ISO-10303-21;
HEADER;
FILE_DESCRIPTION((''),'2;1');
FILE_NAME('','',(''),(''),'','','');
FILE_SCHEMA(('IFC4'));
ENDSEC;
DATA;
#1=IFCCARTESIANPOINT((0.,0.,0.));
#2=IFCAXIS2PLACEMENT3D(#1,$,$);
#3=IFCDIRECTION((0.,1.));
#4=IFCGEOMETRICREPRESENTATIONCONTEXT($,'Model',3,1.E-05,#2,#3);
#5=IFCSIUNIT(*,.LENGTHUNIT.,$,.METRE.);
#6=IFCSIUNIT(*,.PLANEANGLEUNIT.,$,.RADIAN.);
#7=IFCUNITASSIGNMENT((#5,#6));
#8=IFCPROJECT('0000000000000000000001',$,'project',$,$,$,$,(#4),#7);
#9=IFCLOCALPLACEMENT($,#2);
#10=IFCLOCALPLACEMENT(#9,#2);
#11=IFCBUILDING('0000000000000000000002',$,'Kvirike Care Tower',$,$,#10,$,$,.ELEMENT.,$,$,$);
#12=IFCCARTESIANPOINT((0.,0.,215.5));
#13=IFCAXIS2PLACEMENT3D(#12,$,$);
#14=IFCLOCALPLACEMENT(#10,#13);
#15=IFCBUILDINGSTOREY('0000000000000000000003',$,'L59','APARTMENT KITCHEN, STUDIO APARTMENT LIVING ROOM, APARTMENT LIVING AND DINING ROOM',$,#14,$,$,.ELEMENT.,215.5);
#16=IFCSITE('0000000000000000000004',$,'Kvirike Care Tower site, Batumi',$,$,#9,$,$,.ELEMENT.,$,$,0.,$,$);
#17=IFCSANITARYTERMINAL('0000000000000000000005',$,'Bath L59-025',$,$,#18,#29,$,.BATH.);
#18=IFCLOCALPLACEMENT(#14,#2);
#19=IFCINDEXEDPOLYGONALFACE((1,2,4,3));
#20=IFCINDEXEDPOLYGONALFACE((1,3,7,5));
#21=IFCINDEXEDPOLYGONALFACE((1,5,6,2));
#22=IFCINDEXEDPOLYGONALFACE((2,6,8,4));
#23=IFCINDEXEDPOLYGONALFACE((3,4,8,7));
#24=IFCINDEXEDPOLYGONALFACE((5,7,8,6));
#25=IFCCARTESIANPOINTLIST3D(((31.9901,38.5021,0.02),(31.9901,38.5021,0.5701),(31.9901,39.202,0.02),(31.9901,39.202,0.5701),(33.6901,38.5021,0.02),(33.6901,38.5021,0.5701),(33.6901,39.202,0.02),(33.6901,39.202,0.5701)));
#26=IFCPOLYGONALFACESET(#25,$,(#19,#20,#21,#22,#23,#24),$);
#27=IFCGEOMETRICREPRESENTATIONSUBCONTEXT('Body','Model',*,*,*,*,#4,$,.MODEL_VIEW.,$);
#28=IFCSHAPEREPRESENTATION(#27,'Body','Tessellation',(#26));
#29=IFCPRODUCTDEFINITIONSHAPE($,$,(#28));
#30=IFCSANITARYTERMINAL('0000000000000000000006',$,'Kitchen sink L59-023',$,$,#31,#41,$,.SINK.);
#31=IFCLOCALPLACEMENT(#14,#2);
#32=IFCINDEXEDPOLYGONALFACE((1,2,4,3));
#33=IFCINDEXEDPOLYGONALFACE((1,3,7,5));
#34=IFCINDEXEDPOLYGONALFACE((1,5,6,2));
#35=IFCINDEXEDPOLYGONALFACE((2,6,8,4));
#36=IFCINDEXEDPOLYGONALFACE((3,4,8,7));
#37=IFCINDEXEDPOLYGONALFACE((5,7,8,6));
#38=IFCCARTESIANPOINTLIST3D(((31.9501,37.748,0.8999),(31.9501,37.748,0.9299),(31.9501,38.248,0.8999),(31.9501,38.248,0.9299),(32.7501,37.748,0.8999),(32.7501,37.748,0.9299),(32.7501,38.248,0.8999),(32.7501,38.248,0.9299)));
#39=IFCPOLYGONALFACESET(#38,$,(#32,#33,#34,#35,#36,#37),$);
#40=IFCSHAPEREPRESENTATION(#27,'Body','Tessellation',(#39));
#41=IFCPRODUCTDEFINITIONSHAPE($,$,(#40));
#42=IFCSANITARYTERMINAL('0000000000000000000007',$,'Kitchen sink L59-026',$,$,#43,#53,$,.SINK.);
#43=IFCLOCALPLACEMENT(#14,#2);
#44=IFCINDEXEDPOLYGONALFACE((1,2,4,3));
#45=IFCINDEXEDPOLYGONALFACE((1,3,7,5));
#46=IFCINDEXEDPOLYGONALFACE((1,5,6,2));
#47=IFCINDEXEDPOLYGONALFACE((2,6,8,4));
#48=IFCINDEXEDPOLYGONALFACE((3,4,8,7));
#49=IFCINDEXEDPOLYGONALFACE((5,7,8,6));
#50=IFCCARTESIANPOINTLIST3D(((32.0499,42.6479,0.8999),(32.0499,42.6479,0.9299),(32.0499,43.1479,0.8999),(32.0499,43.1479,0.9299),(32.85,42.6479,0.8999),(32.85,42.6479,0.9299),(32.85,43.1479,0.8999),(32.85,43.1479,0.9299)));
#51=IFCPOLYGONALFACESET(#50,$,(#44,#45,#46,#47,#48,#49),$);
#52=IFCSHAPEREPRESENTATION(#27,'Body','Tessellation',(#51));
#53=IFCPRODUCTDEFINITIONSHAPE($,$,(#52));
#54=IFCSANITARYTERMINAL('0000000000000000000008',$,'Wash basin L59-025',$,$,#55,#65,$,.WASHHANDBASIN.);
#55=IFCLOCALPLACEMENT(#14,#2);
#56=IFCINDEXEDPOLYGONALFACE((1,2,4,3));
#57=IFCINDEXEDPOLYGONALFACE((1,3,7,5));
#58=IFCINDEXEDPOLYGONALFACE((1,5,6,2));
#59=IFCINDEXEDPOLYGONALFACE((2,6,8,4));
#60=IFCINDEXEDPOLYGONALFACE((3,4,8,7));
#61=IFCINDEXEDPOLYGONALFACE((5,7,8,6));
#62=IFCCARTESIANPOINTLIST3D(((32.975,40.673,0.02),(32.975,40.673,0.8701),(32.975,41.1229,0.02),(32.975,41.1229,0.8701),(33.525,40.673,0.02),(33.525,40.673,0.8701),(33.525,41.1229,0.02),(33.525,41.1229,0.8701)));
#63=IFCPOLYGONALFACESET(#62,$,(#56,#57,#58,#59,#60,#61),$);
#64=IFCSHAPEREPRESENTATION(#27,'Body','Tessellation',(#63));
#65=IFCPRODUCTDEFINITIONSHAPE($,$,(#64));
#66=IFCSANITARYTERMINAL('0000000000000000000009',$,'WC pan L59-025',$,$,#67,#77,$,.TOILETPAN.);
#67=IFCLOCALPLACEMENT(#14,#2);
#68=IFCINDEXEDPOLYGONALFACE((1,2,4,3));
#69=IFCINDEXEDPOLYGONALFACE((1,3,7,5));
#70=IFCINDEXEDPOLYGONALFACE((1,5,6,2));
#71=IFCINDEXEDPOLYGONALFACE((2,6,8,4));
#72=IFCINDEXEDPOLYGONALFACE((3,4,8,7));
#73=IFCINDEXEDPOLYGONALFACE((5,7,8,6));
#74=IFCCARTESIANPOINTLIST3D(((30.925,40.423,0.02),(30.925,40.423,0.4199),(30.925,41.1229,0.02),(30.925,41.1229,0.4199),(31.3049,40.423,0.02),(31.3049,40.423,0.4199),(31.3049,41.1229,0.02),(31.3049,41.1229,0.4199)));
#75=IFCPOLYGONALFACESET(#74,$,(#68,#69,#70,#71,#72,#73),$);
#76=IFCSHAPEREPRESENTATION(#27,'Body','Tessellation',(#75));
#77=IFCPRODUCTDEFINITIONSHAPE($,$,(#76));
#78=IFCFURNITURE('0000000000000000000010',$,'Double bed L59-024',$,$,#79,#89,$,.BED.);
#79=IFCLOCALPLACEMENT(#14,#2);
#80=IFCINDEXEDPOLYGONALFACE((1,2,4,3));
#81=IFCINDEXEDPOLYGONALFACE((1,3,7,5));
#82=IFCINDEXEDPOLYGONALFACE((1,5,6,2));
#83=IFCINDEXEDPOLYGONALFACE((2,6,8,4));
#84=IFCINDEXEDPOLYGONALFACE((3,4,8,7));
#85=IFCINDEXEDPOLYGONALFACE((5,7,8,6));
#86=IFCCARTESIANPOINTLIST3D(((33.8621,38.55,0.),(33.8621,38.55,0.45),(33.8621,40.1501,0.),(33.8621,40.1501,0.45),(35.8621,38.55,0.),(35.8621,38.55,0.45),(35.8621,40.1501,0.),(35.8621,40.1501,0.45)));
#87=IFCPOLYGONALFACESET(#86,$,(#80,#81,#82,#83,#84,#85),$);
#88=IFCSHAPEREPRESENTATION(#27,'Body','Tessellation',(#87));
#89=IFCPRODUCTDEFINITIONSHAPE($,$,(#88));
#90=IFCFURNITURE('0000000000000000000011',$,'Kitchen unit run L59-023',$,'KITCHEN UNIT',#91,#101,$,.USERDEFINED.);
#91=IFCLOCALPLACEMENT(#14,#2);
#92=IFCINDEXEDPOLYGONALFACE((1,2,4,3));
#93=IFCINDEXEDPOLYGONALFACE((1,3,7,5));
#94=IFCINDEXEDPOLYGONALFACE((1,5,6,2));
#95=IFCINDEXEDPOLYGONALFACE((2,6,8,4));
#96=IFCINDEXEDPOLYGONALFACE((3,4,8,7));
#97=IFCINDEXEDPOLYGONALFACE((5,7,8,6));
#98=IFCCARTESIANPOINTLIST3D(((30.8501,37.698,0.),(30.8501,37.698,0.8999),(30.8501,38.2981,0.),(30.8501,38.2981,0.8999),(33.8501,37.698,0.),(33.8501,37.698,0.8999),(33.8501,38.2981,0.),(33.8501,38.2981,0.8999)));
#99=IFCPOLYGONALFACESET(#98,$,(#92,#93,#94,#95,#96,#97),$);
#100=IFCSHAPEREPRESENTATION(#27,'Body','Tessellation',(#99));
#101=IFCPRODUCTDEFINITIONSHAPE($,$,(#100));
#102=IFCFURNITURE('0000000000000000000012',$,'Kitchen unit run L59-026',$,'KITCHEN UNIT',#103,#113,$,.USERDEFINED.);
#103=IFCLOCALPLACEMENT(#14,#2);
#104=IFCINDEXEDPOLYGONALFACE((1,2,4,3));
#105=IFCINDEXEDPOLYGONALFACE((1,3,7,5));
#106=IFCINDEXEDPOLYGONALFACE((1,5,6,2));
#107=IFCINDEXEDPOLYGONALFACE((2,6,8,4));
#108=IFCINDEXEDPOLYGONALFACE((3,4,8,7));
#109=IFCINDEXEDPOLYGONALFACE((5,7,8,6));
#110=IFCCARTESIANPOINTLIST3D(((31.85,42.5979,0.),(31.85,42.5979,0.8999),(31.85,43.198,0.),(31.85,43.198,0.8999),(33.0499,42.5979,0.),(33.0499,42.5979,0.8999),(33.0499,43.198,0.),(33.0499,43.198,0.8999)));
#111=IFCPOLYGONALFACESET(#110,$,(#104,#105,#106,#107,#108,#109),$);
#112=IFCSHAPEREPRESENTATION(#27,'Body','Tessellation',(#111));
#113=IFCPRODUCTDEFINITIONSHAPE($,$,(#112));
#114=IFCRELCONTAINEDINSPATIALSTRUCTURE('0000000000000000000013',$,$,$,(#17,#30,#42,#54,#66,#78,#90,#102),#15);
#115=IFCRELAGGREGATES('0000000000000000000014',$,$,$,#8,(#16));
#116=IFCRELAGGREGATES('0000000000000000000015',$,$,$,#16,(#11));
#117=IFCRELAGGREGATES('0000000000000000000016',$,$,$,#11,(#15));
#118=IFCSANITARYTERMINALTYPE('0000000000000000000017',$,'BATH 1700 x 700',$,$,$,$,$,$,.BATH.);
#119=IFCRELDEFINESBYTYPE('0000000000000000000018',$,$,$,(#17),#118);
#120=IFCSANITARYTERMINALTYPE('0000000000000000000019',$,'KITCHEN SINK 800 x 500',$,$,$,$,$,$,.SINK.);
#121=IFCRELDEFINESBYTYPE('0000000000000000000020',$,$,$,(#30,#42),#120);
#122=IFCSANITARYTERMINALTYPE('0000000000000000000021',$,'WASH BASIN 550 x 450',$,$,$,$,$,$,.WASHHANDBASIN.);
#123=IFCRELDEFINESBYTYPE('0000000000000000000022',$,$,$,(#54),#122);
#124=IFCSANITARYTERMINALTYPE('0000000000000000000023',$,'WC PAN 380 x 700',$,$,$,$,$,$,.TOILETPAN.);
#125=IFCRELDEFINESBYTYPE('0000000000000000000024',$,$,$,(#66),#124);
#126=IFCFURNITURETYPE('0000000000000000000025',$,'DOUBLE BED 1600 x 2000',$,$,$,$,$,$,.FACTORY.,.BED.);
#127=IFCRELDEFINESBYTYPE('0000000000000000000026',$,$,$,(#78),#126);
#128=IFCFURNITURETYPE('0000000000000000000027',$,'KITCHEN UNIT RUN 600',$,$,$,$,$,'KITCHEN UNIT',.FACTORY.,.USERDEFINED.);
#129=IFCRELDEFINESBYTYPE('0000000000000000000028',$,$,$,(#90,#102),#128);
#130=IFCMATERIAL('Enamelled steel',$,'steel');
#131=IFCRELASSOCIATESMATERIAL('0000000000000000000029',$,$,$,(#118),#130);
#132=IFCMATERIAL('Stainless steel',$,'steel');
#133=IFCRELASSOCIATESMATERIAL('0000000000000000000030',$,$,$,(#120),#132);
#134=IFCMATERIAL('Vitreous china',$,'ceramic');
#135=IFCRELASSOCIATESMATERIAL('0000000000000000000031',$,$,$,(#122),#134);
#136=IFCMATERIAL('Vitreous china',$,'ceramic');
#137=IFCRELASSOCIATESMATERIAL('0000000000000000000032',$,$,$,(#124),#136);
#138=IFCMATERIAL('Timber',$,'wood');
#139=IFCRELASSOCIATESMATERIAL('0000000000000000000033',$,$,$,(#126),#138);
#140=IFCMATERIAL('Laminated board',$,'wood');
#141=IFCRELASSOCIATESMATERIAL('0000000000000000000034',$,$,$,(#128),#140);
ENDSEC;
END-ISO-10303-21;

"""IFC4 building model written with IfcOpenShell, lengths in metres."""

from ifc_helpers import new_model, si_unit, direction, frame, origin, origin_2d, place, context, subcontext, project, spatial, rectangle, extrude, material, type_object, element, save


model = new_model("IFC4")

# Units and contexts
model_context = context("Model", 3, precision=1e-05, world=origin(), true_north=direction((0.0, 1.0)))
body_context = subcontext(model_context, "Body", "Model", "MODEL_VIEW")
ifc_project = project(units=[si_unit("LENGTHUNIT", "METRE"), si_unit("PLANEANGLEUNIT", "RADIAN")], contexts=[model_context])

# Site, building, storey
site_placement = place(None, origin())
site = spatial("IfcSite", under=ifc_project, at=site_placement, Name="Kvirike Care Tower site, Batumi", CompositionType="ELEMENT", RefElevation=0.0)
building_placement = place(site_placement, origin())
building = spatial("IfcBuilding", under=site, at=building_placement, Name="Kvirike Care Tower", CompositionType="ELEMENT")
storey_placement = place(building_placement, frame((0.0, 0.0, 215.5)))
storey = spatial("IfcBuildingStorey", under=building, at=storey_placement, Name="L59", Description="APARTMENT KITCHEN, STUDIO APARTMENT LIVING ROOM, APARTMENT LIVING AND DINING ROOM", CompositionType="ELEMENT", Elevation=215.5)

# Sanitary terminals
ifc_material_1 = material(Name="Enamelled steel", Category="steel")
sanitary_terminal_type_1 = type_object("IfcSanitaryTerminalType", Name="BATH 1700 x 700", PredefinedType="BATH", material=ifc_material_1)
sanitary_terminal_1_placement = place(storey_placement, frame((32.8401, 38.8521, 0.02), z_axis=(0.0, 0.0, 1.0), x_axis=(-1.0, 0.0, 0.0)))
element("IfcSanitaryTerminal", 1, at=sanitary_terminal_1_placement, inside=storey, type_object=sanitary_terminal_type_1, Name="Bath L59-025", PredefinedType="BATH", context=body_context, shape_type="SweptSolid", body=[
    extrude(rectangle(XDim=1.7, YDim=0.7, at=origin_2d()), origin(), (0.0, 0.0, 1.0), 0.55),
])
ifc_material_2 = material(Name="Stainless steel", Category="steel")
sanitary_terminal_type_2 = type_object("IfcSanitaryTerminalType", Name="KITCHEN SINK 800 x 500", PredefinedType="SINK", material=ifc_material_2)
for number, where, z_axis, x_axis, name in (
    (2, (32.3501, 37.998, 0.8999), (0.0, 0.0, 1.0), (1.0, 0.0, 0.0), "Kitchen sink L59-023"),
    (3, (32.45, 42.8979, 0.8999), (0.0, 0.0, 1.0), (1.0, 0.0, 0.0), "Kitchen sink L59-026"),
):
    element("IfcSanitaryTerminal", number, at=place(storey_placement, frame(where, z_axis=z_axis, x_axis=x_axis)), inside=storey, type_object=sanitary_terminal_type_2, Name=name, PredefinedType="SINK", context=body_context, shape_type="SweptSolid", body=[
        extrude(rectangle(XDim=0.8, YDim=0.5, at=origin_2d()), origin(), (0.0, 0.0, 1.0), 0.03),
    ])
ifc_material_3 = material(Name="Vitreous china", Category="ceramic")
sanitary_terminal_type_3 = type_object("IfcSanitaryTerminalType", Name="WASH BASIN 550 x 450", PredefinedType="WASHHANDBASIN", material=ifc_material_3)
sanitary_terminal_2_placement = place(storey_placement, frame((33.25, 40.8979, 0.02), z_axis=(0.0, 0.0, 1.0), x_axis=(1.0, 0.0, 0.0)))
element("IfcSanitaryTerminal", 4, at=sanitary_terminal_2_placement, inside=storey, type_object=sanitary_terminal_type_3, Name="Wash basin L59-025", PredefinedType="WASHHANDBASIN", context=body_context, shape_type="SweptSolid", body=[
    extrude(rectangle(XDim=0.55, YDim=0.45, at=origin_2d()), origin(), (0.0, 0.0, 1.0), 0.8501),
])
ifc_material_4 = material(Name="Vitreous china", Category="ceramic")
sanitary_terminal_type_4 = type_object("IfcSanitaryTerminalType", Name="WC PAN 380 x 700", PredefinedType="TOILETPAN", material=ifc_material_4)
sanitary_terminal_3_placement = place(storey_placement, frame((31.115, 40.7729, 0.02), z_axis=(0.0, 0.0, 1.0), x_axis=(1.0, 0.0, 0.0)))
element("IfcSanitaryTerminal", 5, at=sanitary_terminal_3_placement, inside=storey, type_object=sanitary_terminal_type_4, Name="WC pan L59-025", PredefinedType="TOILETPAN", context=body_context, shape_type="SweptSolid", body=[
    extrude(rectangle(XDim=0.3799, YDim=0.7, at=origin_2d()), origin(), (0.0, 0.0, 1.0), 0.3999),
])

# Furniture
ifc_material_5 = material(Name="Timber", Category="wood")
furniture_type_1 = type_object("IfcFurnitureType", Name="DOUBLE BED 1600 x 2000", AssemblyPlace="FACTORY", PredefinedType="BED", material=ifc_material_5)
furniture_1_placement = place(storey_placement, frame((34.8621, 39.3501, 0.0), z_axis=(0.0, 0.0, 1.0), x_axis=(0.0, 1.0, 0.0)))
element("IfcFurniture", 6, at=furniture_1_placement, inside=storey, type_object=furniture_type_1, Name="Double bed L59-024", PredefinedType="BED", context=body_context, shape_type="SweptSolid", body=[
    extrude(rectangle(XDim=1.6001, YDim=2.0, at=origin_2d()), origin(), (0.0, 0.0, 1.0), 0.45),
])
ifc_material_6 = material(Name="Laminated board", Category="wood")
furniture_type_2 = type_object("IfcFurnitureType", Name="KITCHEN UNIT RUN 600", ElementType="KITCHEN UNIT", AssemblyPlace="FACTORY", PredefinedType="USERDEFINED", material=ifc_material_6)
furniture_2_placement = place(storey_placement, frame((32.3501, 37.998, 0.0), z_axis=(0.0, 0.0, 1.0), x_axis=(1.0, 0.0, 0.0)))
element("IfcFurniture", 7, at=furniture_2_placement, inside=storey, type_object=furniture_type_2, Name="Kitchen unit run L59-023", ObjectType="KITCHEN UNIT", PredefinedType="USERDEFINED", context=body_context, shape_type="SweptSolid", body=[
    extrude(rectangle(XDim=3.0, YDim=0.6001, at=origin_2d()), origin(), (0.0, 0.0, 1.0), 0.8999),
])
furniture_3_placement = place(storey_placement, frame((32.45, 42.8979, 0.0), z_axis=(0.0, 0.0, 1.0), x_axis=(1.0, 0.0, 0.0)))
element("IfcFurniture", 8, at=furniture_3_placement, inside=storey, type_object=furniture_type_2, Name="Kitchen unit run L59-026", ObjectType="KITCHEN UNIT", PredefinedType="USERDEFINED", context=body_context, shape_type="SweptSolid", body=[
    extrude(rectangle(XDim=1.2, YDim=0.6001, at=origin_2d()), origin(), (0.0, 0.0, 1.0), 0.8999),
])

save(model, "model.ifc")
